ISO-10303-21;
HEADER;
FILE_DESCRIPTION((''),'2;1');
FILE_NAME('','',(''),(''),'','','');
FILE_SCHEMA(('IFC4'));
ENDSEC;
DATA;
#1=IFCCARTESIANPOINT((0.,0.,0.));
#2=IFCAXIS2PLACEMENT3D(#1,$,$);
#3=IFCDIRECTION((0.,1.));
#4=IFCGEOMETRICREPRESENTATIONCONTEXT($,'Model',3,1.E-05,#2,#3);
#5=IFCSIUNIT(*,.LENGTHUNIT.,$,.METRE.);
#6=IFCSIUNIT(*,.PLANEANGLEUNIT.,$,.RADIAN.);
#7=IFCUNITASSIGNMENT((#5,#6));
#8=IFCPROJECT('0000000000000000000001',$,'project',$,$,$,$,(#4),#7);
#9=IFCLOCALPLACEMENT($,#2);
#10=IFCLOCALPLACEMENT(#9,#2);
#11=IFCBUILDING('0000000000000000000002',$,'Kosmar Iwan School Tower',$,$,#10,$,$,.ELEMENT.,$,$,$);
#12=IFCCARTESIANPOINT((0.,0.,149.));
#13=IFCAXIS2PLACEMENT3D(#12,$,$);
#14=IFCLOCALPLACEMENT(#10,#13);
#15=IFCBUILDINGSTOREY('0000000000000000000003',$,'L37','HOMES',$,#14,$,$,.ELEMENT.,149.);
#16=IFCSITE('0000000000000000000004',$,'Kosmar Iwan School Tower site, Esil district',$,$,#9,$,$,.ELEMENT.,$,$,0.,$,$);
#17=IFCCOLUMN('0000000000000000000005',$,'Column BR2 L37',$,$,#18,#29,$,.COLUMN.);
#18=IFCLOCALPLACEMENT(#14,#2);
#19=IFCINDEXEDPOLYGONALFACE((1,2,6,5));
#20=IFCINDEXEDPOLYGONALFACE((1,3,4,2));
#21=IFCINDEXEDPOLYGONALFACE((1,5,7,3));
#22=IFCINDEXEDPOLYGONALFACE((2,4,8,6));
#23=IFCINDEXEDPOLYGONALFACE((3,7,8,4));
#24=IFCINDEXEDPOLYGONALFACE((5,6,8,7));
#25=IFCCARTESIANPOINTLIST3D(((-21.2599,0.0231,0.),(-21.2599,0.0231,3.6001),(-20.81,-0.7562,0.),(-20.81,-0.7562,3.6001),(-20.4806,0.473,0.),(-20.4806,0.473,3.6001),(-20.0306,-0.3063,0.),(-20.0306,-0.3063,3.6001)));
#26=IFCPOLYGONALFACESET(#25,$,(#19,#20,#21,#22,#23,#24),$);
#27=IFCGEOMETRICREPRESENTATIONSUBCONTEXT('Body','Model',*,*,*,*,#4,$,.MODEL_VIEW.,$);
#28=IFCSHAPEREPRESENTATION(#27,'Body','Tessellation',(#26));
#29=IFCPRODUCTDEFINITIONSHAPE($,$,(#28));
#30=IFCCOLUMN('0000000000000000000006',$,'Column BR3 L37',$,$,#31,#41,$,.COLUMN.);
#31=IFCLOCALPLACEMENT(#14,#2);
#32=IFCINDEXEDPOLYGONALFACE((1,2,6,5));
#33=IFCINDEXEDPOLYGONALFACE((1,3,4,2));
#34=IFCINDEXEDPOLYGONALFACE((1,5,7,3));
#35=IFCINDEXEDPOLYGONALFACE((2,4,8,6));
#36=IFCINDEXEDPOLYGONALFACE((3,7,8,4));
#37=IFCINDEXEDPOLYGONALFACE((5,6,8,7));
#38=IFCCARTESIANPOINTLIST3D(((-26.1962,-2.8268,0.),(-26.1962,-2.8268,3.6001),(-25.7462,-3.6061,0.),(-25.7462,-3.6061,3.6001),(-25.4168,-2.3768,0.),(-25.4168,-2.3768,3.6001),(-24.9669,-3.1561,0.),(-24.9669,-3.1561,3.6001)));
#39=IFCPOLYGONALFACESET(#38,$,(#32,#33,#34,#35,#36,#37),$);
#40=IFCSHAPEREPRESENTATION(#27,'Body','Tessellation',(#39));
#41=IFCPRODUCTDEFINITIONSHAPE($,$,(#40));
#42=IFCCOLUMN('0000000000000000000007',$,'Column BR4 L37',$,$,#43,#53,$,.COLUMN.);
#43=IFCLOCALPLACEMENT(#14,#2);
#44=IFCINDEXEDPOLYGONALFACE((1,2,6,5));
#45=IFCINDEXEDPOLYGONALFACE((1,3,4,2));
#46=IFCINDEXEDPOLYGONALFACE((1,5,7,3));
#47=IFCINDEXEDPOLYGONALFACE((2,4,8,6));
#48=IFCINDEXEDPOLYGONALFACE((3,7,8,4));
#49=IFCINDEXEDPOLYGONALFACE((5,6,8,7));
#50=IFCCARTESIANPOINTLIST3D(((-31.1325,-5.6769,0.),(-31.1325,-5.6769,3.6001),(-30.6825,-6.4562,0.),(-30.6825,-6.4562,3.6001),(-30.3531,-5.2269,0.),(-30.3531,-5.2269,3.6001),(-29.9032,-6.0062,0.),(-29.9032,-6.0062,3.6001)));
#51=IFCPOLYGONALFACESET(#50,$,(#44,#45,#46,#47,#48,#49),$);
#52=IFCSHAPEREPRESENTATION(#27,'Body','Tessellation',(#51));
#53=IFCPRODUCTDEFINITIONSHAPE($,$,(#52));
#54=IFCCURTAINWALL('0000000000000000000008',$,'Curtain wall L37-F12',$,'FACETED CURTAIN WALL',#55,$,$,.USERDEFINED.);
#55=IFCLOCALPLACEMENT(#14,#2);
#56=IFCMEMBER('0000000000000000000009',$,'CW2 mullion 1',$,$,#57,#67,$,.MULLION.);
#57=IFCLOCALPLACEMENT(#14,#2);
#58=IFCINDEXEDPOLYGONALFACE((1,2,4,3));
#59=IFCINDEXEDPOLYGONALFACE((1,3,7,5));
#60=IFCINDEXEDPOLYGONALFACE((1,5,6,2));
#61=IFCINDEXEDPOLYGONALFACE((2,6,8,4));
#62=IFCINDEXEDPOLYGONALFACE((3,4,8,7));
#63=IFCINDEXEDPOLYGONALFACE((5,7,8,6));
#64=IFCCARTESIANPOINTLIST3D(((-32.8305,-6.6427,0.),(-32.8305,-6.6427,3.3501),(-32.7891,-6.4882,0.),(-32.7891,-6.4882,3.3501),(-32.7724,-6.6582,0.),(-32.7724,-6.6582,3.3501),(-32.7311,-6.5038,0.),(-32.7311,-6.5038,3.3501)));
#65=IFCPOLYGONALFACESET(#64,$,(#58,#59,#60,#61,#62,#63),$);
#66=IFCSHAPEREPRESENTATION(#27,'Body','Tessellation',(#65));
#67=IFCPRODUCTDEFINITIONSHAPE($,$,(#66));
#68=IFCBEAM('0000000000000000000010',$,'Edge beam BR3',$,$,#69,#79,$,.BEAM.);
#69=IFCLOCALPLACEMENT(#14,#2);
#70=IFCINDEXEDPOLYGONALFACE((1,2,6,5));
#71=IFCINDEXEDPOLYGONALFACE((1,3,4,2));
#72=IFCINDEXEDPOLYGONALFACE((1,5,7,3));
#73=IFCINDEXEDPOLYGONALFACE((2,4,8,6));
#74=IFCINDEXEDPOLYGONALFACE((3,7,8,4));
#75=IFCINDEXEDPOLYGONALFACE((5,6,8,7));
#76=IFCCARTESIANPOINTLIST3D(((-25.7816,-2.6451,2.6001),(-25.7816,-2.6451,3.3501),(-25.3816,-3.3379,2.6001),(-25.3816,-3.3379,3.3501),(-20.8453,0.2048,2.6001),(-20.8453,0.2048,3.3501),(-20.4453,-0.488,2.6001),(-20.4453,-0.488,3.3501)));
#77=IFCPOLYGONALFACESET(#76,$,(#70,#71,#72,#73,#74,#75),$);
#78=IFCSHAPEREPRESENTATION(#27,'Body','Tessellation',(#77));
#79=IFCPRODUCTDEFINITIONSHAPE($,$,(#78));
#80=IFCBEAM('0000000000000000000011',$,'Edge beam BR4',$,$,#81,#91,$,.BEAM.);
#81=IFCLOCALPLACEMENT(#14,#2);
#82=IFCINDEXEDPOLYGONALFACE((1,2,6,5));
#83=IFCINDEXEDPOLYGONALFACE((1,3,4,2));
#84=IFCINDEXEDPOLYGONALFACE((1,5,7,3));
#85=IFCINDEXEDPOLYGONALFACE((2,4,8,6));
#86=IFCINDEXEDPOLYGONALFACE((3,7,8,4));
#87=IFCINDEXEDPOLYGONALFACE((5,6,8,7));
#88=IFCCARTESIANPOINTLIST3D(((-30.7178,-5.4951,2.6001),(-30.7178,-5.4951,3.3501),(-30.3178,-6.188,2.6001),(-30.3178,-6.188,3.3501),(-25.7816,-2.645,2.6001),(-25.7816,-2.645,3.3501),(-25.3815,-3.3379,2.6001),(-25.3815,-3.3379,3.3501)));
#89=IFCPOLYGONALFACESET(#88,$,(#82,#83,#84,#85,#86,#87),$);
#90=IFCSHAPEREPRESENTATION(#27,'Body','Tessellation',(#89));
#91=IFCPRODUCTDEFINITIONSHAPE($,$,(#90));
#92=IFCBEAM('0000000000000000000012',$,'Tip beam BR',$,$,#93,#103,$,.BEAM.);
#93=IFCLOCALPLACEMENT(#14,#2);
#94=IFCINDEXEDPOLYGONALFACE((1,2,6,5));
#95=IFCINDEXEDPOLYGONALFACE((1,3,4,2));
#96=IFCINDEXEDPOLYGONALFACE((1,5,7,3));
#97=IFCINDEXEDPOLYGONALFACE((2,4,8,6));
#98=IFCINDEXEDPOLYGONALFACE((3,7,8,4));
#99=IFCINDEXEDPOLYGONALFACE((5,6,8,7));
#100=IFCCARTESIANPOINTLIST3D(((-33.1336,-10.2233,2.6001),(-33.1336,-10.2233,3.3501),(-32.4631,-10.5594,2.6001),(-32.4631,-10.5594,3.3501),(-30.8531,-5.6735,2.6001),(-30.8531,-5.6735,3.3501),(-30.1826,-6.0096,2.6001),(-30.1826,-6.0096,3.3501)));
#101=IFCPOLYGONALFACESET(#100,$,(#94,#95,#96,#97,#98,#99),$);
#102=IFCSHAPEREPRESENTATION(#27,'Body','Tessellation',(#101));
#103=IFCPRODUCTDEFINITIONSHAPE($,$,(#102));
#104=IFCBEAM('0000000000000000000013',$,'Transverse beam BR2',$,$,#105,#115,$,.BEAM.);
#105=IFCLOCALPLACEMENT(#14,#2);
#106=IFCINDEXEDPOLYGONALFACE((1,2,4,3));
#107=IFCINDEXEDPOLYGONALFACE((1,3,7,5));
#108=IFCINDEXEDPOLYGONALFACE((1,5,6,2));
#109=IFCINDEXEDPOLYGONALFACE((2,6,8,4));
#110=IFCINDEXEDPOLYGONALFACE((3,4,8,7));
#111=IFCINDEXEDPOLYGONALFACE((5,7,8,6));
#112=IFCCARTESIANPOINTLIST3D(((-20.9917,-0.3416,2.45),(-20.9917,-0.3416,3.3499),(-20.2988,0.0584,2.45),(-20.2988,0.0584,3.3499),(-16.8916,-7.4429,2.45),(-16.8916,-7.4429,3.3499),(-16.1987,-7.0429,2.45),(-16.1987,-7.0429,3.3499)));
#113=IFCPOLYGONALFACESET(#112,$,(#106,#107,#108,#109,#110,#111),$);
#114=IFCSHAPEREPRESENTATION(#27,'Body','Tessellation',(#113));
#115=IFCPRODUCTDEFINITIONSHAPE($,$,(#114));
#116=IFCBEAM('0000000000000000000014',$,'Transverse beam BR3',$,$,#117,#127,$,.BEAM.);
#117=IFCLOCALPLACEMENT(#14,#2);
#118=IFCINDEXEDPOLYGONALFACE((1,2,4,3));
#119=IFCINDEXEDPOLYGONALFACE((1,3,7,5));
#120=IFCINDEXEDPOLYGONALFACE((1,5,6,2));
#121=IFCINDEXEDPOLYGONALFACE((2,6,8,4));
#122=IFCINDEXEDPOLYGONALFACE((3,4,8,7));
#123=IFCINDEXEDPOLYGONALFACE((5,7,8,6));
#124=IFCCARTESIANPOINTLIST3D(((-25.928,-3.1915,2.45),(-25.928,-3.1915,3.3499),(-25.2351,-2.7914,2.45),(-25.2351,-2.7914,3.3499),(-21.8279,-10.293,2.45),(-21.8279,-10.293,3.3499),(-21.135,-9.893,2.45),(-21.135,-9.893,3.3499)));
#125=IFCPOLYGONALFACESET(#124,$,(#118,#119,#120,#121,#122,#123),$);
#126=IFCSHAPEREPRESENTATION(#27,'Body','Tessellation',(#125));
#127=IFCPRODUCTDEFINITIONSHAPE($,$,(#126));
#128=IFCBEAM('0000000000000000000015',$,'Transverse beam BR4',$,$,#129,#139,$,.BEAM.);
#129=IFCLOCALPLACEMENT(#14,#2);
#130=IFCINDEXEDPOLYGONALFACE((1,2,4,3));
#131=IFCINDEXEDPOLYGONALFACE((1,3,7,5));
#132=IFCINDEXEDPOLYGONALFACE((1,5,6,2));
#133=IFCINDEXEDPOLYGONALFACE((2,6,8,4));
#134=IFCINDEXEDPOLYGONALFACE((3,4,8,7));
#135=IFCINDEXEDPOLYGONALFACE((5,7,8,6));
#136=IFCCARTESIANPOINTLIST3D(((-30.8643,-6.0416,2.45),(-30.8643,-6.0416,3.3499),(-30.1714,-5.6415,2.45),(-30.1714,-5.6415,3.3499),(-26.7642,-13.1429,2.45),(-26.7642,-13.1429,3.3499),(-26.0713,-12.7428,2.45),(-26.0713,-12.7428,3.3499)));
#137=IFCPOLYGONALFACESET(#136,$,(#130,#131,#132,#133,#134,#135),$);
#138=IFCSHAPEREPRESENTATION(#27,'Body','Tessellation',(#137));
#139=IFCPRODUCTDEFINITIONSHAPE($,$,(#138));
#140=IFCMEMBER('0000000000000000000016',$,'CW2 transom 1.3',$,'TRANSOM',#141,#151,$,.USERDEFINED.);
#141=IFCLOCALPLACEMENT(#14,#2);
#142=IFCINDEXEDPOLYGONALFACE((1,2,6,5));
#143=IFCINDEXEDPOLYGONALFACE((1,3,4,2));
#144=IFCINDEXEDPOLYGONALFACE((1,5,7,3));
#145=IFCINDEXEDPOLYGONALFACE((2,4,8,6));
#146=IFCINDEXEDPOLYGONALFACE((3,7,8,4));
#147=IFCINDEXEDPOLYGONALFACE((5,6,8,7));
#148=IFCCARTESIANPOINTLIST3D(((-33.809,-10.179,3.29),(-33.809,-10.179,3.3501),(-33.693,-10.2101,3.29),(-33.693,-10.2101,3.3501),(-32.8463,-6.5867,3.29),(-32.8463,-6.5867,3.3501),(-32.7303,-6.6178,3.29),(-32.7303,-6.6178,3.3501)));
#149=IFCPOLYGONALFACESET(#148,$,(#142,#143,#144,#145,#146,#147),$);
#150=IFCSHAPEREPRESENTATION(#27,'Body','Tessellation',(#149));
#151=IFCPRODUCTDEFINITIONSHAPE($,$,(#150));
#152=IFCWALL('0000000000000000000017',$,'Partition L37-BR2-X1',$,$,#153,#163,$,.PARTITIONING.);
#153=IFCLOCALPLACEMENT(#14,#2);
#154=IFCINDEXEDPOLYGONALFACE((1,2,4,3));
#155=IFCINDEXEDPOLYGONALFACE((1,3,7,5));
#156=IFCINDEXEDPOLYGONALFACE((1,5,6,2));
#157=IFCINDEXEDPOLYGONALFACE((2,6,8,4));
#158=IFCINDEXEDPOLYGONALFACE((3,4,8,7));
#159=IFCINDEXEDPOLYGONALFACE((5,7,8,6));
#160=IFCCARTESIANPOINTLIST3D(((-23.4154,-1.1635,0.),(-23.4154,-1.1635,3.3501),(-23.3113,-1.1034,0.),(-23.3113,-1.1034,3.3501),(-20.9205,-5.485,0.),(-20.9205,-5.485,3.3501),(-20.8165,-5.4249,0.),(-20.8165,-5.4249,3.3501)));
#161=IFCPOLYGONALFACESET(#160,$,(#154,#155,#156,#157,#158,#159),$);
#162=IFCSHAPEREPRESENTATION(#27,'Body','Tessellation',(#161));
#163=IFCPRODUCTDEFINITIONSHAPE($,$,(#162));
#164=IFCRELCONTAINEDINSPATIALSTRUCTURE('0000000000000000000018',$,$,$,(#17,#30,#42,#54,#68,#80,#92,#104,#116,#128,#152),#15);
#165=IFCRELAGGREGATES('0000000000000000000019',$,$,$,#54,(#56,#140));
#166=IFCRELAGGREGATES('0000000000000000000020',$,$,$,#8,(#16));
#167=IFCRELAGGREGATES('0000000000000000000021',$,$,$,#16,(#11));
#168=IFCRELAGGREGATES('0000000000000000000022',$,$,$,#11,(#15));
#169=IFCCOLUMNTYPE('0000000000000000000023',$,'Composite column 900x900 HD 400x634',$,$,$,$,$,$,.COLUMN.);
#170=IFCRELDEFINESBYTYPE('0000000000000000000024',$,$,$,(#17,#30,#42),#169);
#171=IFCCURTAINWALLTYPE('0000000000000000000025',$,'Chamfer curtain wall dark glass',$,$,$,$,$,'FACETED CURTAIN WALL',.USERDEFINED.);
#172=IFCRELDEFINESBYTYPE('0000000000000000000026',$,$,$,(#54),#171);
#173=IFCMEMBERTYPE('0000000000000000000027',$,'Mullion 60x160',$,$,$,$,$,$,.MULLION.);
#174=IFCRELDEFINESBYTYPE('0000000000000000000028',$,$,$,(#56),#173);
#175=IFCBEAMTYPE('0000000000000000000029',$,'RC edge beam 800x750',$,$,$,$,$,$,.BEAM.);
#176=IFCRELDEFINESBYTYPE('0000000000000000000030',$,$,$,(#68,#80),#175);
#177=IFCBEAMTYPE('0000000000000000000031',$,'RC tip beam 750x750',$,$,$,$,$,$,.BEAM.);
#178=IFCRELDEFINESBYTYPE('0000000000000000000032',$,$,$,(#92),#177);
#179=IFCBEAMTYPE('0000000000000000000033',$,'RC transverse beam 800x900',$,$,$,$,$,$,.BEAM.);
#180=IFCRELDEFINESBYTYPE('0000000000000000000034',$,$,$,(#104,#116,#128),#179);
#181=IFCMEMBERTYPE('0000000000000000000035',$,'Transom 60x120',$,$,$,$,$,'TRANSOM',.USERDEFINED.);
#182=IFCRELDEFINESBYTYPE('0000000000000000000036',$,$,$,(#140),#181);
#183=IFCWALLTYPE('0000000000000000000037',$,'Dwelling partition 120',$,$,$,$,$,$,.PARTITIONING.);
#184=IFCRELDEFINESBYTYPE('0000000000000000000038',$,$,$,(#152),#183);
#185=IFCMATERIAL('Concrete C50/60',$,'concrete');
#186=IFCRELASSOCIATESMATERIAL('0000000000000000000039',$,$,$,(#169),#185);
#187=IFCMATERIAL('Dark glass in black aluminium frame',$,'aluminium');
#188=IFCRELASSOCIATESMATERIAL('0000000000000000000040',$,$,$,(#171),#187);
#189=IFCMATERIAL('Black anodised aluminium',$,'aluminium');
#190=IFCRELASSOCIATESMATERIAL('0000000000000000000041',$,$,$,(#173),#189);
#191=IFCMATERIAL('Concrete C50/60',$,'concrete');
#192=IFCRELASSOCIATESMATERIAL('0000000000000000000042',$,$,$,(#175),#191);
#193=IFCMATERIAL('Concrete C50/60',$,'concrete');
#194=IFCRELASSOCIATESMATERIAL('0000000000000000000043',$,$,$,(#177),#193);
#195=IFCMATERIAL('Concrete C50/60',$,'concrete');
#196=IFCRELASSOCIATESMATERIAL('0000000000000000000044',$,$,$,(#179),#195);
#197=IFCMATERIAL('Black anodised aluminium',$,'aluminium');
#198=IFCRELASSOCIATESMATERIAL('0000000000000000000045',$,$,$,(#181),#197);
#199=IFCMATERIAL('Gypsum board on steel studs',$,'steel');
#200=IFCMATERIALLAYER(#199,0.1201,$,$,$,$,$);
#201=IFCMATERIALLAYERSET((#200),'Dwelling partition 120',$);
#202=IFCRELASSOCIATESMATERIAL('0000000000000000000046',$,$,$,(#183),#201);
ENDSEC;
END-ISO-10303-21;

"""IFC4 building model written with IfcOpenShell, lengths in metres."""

from ifc_helpers import new_model, si_unit, direction, frame, frame_2d, origin, origin_2d, place, context, subcontext, project, spatial, rectangle, extrude, material, layer, layer_set, material_profile, profile_set, type_object, element, aggregate, save


model = new_model("IFC4")

# Units and contexts
model_context = context("Model", 3, precision=1e-05, world=origin(), true_north=direction((0.0, 1.0)))
body_context = subcontext(model_context, "Body", "Model", "MODEL_VIEW")
ifc_project = project(units=[si_unit("LENGTHUNIT", "METRE"), si_unit("PLANEANGLEUNIT", "RADIAN")], contexts=[model_context])

# Site, building, storey
site_placement = place(None, origin())
site = spatial("IfcSite", under=ifc_project, at=site_placement, Name="Kosmar Iwan School Tower site, Esil district", CompositionType="ELEMENT", RefElevation=0.0)
building_placement = place(site_placement, origin())
building = spatial("IfcBuilding", under=site, at=building_placement, Name="Kosmar Iwan School Tower", CompositionType="ELEMENT")
storey_placement = place(building_placement, frame((0.0, 0.0, 149.0)))
storey = spatial("IfcBuildingStorey", under=building, at=storey_placement, Name="L37", Description="HOMES", CompositionType="ELEMENT", Elevation=149.0)

# Columns
ifc_material_1 = material(Name="Concrete C50/60", Category="concrete")
ifc_material_profile_1 = material_profile(ifc_material_1, rectangle(XDim=0.8999, YDim=0.8999, at=origin_2d()), Name="RC 900x900 + HD 400x634")
ifc_profile_set_1 = profile_set([ifc_material_profile_1], Name="Concrete C50/60")
column_type = type_object("IfcColumnType", Name="Composite column 900x900 HD 400x634", PredefinedType="COLUMN", material=ifc_profile_set_1)
for number, where, z_axis, x_axis, name in (
    (1, (-20.6453, -0.1416, 0.0), (0.0, 0.0, 1.0), (-0.866025, -0.5, 0.0), "Column BR2 L37"),
    (2, (-25.5815, -2.9915, 0.0), (0.0, 0.0, 1.0), (-0.866025, -0.5, 0.0), "Column BR3 L37"),
    (3, (-30.5178, -5.8416, 0.0), (0.0, 0.0, 1.0), (-0.866025, -0.5, 0.0), "Column BR4 L37"),
):
    element("IfcColumn", number, at=place(storey_placement, frame(where, z_axis=z_axis, x_axis=x_axis)), inside=storey, type_object=column_type, Name=name, PredefinedType="COLUMN", context=body_context, shape_type="SweptSolid", body=[
        extrude(rectangle(XDim=0.8999, YDim=0.8999, at=origin_2d()), origin(), (0.0, 0.0, 1.0), 3.6001),
    ])

# Curtain wall, member
ifc_material_2 = material(Name="Dark glass in black aluminium frame", Category="aluminium")
curtain_wall_type = type_object("IfcCurtainWallType", Name="Chamfer curtain wall dark glass", ElementType="FACETED CURTAIN WALL", PredefinedType="USERDEFINED", material=ifc_material_2)
curtain_wall_placement = place(storey_placement, origin())
curtain_wall = element("IfcCurtainWall", 4, at=curtain_wall_placement, inside=storey, type_object=curtain_wall_type, Name="Curtain wall L37-F12", ObjectType="FACETED CURTAIN WALL", PredefinedType="USERDEFINED")
ifc_material_3 = material(Name="Black anodised aluminium", Category="aluminium")
ifc_material_profile_2 = material_profile(ifc_material_3, rectangle(XDim=0.0601, YDim=0.1599, at=origin_2d()), Name="MULLION 60x160")
ifc_profile_set_2 = profile_set([ifc_material_profile_2], Name="Black anodised aluminium")
member_type_1 = type_object("IfcMemberType", Name="Mullion 60x160", PredefinedType="MULLION", material=ifc_profile_set_2)
member_1_placement = place(storey_placement, frame((-32.7808, -6.5732, 0.0), z_axis=(0.0, 0.0, 1.0), x_axis=(0.965926, -0.258819, 0.0)))
member_1 = element("IfcMember", 5, at=member_1_placement, type_object=member_type_1, Name="CW2 mullion 1", PredefinedType="MULLION", context=body_context, shape_type="SweptSolid", body=[
    extrude(rectangle(XDim=0.0601, YDim=0.1599, at=origin_2d()), origin(), (0.0, 0.0, 1.0), 3.3501),
])

# Beams
ifc_material_4 = material(Name="Concrete C50/60", Category="concrete")
ifc_material_profile_3 = material_profile(ifc_material_4, rectangle(XDim=0.8, YDim=0.75, at=origin_2d()), Name="RC 800x750")
ifc_profile_set_3 = profile_set([ifc_material_profile_3], Name="Concrete C50/60")
beam_type_1 = type_object("IfcBeamType", Name="RC edge beam 800x750", PredefinedType="BEAM", material=ifc_profile_set_3)
for number, where, z_axis, x_axis, name in (
    (6, (-20.6453, -0.1416, 2.9751), (-0.866034, -0.499986, 0.0), (0.499986, -0.866034, 0.0), "Edge beam BR3"),
    (7, (-25.5815, -2.9915, 2.9751), (-0.866015, -0.500018, 0.0), (0.500018, -0.866015, 0.0), "Edge beam BR4"),
):
    element("IfcBeam", number, at=place(storey_placement, frame(where, z_axis=z_axis, x_axis=x_axis)), inside=storey, type_object=beam_type_1, Name=name, PredefinedType="BEAM", context=body_context, shape_type="SweptSolid", body=[
        extrude(rectangle(XDim=0.8, YDim=0.75, at=origin_2d()), origin(), (0.0, 0.0, 1.0), 5.7),
    ])
ifc_material_5 = material(Name="Concrete C50/60", Category="concrete")
ifc_material_profile_4 = material_profile(ifc_material_5, rectangle(XDim=0.75, YDim=0.75, at=origin_2d()), Name="RC 750x750")
ifc_profile_set_4 = profile_set([ifc_material_profile_4], Name="Concrete C50/60")
beam_type_2 = type_object("IfcBeamType", Name="RC tip beam 750x750", PredefinedType="BEAM", material=ifc_profile_set_4)
beam_1_placement = place(storey_placement, frame((-30.5178, -5.8416, 2.9751), z_axis=(-0.448096, -0.893985, 0.0), x_axis=(0.893985, -0.448096, 0.0)))
element("IfcBeam", 8, at=beam_1_placement, inside=storey, type_object=beam_type_2, Name="Tip beam BR", PredefinedType="BEAM", context=body_context, shape_type="SweptSolid", body=[
    extrude(rectangle(XDim=0.75, YDim=0.75, at=origin_2d()), origin(), (0.0, 0.0, 1.0), 5.0894),
])
ifc_material_6 = material(Name="Concrete C50/60", Category="concrete")
ifc_material_profile_5 = material_profile(ifc_material_6, rectangle(XDim=0.8, YDim=0.8999, at=origin_2d()), Name="RC 800x900")
ifc_profile_set_5 = profile_set([ifc_material_profile_5], Name="Concrete C50/60")
beam_type_3 = type_object("IfcBeamType", Name="RC transverse beam 800x900", PredefinedType="BEAM", material=ifc_profile_set_5)
beam_2_placement = place(storey_placement, frame((-20.6453, -0.1416, 2.8999), z_axis=(0.500014, -0.866018, 0.0), x_axis=(0.866018, 0.500014, 0.0)))
element("IfcBeam", 9, at=beam_2_placement, inside=storey, type_object=beam_type_3, Name="Transverse beam BR2", PredefinedType="BEAM", context=body_context, shape_type="SweptSolid", body=[
    extrude(rectangle(XDim=0.8, YDim=0.8999, at=origin_2d()), origin(), (0.0, 0.0, 1.0), 8.2),
])
beam_3_placement = place(storey_placement, frame((-25.5815, -2.9915, 2.8999), z_axis=(0.500001, -0.866025, 0.0), x_axis=(0.866025, 0.500001, 0.0)))
element("IfcBeam", 10, at=beam_3_placement, inside=storey, type_object=beam_type_3, Name="Transverse beam BR3", PredefinedType="BEAM", context=body_context, shape_type="SweptSolid", body=[
    extrude(rectangle(XDim=0.8, YDim=0.8999, at=origin_2d()), origin(), (0.0, 0.0, 1.0), 8.2002),
])
beam_4_placement = place(storey_placement, frame((-30.5178, -5.8416, 2.8999), z_axis=(0.500014, -0.866018, 0.0), x_axis=(0.866018, 0.500014, 0.0)))
element("IfcBeam", 11, at=beam_4_placement, inside=storey, type_object=beam_type_3, Name="Transverse beam BR4", PredefinedType="BEAM", context=body_context, shape_type="SweptSolid", body=[
    extrude(rectangle(XDim=0.8, YDim=0.8999, at=origin_2d()), origin(), (0.0, 0.0, 1.0), 8.2),
])

# Member
ifc_material_7 = material(Name="Black anodised aluminium", Category="aluminium")
ifc_material_profile_6 = material_profile(ifc_material_7, rectangle(XDim=0.1201, YDim=0.0601, at=origin_2d()), Name="TRANSOM 60x120")
ifc_profile_set_6 = profile_set([ifc_material_profile_6], Name="Black anodised aluminium")
member_type_2 = type_object("IfcMemberType", Name="Transom 60x120", ElementType="TRANSOM", PredefinedType="USERDEFINED", material=ifc_profile_set_6)
member_2_placement = place(storey_placement, frame((-32.7883, -6.6023, 3.3201), z_axis=(-0.258843, -0.965919, 0.0), x_axis=(0.965919, -0.258843, 0.0)))
member_2 = element("IfcMember", 12, at=member_2_placement, type_object=member_type_2, Name="CW2 transom 1.3", ObjectType="TRANSOM", PredefinedType="USERDEFINED", context=body_context, shape_type="SweptSolid", body=[
    extrude(rectangle(XDim=0.1201, YDim=0.0601, at=origin_2d()), origin(), (0.0, 0.0, 1.0), 3.719),
])
aggregate(curtain_wall, [member_1, member_2])

# Wall
ifc_material_8 = material(Name="Gypsum board on steel studs", Category="steel")
ifc_layer = layer(ifc_material_8, 0.1201)
ifc_layer_set = layer_set([ifc_layer], Name="Dwelling partition 120")
wall_type = type_object("IfcWallType", Name="Dwelling partition 120", PredefinedType="PARTITIONING", material=ifc_layer_set)
wall_placement = place(storey_placement, frame((-20.8684, -5.4551, 0.0), z_axis=(0.0, 0.0, 1.0), x_axis=(-0.499975, 0.86604, 0.0)))
element("IfcWall", 13, at=wall_placement, inside=storey, type_object=wall_type, Name="Partition L37-BR2-X1", PredefinedType="PARTITIONING", context=body_context, shape_type="SweptSolid", body=[
    extrude(rectangle(XDim=4.99, YDim=0.1201, at=frame_2d((2.4951, 0.0))), origin(), (0.0, 0.0, 1.0), 3.3501),
])

save(model, "model.ifc")
